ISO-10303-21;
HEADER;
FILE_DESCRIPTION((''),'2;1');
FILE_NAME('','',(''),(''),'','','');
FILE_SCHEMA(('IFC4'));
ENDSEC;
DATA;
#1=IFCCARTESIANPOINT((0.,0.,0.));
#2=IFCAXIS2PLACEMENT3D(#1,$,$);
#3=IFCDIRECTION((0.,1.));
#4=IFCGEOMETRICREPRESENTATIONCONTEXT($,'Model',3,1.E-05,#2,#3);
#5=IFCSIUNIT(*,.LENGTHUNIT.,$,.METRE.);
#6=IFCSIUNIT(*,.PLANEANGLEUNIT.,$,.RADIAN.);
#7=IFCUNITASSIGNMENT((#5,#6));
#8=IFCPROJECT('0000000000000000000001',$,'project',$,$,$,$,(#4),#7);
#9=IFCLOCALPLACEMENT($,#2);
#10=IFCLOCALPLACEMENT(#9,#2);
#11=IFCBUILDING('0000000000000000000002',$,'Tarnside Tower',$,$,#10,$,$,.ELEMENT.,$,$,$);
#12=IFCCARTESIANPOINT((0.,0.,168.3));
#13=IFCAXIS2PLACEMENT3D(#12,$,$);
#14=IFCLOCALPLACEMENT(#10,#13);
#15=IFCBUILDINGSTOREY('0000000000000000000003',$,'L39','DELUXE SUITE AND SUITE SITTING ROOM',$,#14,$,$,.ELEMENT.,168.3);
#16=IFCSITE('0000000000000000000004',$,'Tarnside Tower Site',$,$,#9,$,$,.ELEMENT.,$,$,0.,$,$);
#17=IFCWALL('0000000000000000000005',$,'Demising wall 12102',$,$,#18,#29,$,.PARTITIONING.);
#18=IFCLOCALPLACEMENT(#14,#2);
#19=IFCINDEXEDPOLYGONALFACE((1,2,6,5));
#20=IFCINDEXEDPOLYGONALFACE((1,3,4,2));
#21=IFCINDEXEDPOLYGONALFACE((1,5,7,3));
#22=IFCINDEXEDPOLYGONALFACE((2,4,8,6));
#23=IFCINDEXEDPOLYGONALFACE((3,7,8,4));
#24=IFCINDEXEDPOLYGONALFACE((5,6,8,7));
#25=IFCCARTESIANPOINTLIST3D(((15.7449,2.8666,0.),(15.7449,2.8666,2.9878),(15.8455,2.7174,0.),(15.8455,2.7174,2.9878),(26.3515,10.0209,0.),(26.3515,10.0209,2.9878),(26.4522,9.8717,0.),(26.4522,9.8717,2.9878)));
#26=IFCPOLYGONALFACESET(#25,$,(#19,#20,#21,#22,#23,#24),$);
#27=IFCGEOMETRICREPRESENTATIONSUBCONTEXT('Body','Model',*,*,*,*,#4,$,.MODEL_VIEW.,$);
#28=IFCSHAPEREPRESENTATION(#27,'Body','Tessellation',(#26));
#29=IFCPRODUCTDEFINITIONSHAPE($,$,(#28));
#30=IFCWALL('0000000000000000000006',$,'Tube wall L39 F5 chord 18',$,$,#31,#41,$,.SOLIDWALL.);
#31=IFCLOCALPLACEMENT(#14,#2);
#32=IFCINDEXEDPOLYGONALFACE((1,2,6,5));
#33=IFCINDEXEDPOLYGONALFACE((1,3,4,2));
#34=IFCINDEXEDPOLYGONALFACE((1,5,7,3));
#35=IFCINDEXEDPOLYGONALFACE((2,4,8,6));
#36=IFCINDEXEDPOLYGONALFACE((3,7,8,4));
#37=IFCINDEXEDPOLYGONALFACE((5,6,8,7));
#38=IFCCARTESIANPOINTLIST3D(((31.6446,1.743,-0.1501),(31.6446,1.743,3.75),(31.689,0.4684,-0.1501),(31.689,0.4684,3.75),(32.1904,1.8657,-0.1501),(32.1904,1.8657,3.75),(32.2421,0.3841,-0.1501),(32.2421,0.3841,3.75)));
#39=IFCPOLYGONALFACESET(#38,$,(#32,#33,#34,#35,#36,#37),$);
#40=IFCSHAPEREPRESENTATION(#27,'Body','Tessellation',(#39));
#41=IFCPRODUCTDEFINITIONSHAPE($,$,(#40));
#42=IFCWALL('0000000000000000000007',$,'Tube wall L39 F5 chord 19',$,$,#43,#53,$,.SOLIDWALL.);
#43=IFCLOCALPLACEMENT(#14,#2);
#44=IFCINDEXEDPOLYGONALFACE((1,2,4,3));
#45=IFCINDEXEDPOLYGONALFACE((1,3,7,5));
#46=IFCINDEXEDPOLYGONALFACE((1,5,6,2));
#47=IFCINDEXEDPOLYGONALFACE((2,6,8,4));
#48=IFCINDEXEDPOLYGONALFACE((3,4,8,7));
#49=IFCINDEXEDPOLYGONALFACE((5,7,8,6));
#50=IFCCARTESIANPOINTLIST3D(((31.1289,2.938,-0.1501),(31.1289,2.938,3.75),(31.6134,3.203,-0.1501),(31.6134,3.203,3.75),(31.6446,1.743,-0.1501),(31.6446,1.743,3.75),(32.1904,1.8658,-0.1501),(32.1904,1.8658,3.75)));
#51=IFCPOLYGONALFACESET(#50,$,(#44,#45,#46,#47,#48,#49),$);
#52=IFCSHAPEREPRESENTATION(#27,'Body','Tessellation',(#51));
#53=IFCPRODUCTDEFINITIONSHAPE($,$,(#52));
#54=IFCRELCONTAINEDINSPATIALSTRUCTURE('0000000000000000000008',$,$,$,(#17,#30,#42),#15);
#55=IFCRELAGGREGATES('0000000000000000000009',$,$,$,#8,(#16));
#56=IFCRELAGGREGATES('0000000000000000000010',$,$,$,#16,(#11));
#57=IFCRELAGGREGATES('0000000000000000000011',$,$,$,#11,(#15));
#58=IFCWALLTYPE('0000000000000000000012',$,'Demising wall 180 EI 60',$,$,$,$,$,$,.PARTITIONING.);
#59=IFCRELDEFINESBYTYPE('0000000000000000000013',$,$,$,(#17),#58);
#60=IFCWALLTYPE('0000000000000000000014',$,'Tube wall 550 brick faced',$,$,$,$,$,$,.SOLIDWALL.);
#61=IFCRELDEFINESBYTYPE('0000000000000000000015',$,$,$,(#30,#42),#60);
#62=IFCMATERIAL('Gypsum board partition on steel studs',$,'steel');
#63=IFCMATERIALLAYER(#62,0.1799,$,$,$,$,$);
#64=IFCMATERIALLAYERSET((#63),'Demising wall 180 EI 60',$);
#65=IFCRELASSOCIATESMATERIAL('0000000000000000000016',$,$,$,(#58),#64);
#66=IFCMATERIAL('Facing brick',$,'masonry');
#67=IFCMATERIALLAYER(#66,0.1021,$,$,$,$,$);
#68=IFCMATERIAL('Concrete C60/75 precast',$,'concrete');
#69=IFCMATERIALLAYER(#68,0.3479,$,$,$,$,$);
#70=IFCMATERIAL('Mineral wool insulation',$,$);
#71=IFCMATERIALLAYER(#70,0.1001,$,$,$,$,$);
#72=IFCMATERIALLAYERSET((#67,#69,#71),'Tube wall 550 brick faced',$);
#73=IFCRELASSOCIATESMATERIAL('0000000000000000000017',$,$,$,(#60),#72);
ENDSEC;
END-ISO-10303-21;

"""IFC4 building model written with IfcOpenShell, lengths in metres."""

from ifc_helpers import new_model, si_unit, direction, frame, frame_2d, origin, place, context, subcontext, project, spatial, polyline, rectangle, outline, extrude, material, layer, layer_set, type_object, element, save


model = new_model("IFC4")

# Units and contexts
model_context = context("Model", 3, precision=1e-05, world=origin(), true_north=direction((0.0, 1.0)))
body_context = subcontext(model_context, "Body", "Model", "MODEL_VIEW")
ifc_project = project(units=[si_unit("LENGTHUNIT", "METRE"), si_unit("PLANEANGLEUNIT", "RADIAN")], contexts=[model_context])

# Site, building, storey
site_placement = place(None, origin())
site = spatial("IfcSite", under=ifc_project, at=site_placement, Name="Tarnside Tower Site", CompositionType="ELEMENT", RefElevation=0.0)
building_placement = place(site_placement, origin())
building = spatial("IfcBuilding", under=site, at=building_placement, Name="Tarnside Tower", CompositionType="ELEMENT")
storey_placement = place(building_placement, frame((0.0, 0.0, 168.3)))
storey = spatial("IfcBuildingStorey", under=building, at=storey_placement, Name="L39", Description="DELUXE SUITE AND SUITE SITTING ROOM", CompositionType="ELEMENT", Elevation=168.3)

# Walls
ifc_material_1 = material(Name="Gypsum board partition on steel studs", Category="steel")
ifc_layer_1 = layer(ifc_material_1, 0.1799)
ifc_layer_set_1 = layer_set([ifc_layer_1], Name="Demising wall 180 EI 60")
wall_type_1 = type_object("IfcWallType", Name="Demising wall 180 EI 60", PredefinedType="PARTITIONING", material=ifc_layer_set_1)
wall_1_placement = place(storey_placement, frame((26.4019, 9.9463, 0.0), z_axis=(0.0, 0.0, 1.0), x_axis=(-0.829038, -0.559193, 0.0)))
element("IfcWall", 1, at=wall_1_placement, inside=storey, type_object=wall_type_1, Name="Demising wall 12102", PredefinedType="PARTITIONING", context=body_context, shape_type="SweptSolid", body=[
    extrude(rectangle(XDim=12.7939, YDim=0.1799, at=frame_2d((6.397, 0.0))), origin(), (0.0, 0.0, 1.0), 2.9878),
])
ifc_material_2 = material(Name="Facing brick", Category="masonry")
ifc_layer_2 = layer(ifc_material_2, 0.1021)
ifc_material_3 = material(Name="Concrete C60/75 precast", Category="concrete")
ifc_layer_3 = layer(ifc_material_3, 0.3479)
ifc_material_4 = material(Name="Mineral wool insulation")
ifc_layer_4 = layer(ifc_material_4, 0.1001)
ifc_layer_set_2 = layer_set([ifc_layer_2, ifc_layer_3, ifc_layer_4], Name="Tube wall 550 brick faced")
wall_type_2 = type_object("IfcWallType", Name="Tube wall 550 brick faced", PredefinedType="SOLIDWALL", material=ifc_layer_set_2)
wall_2_placement = place(storey_placement, frame((31.9656, 0.4263, -0.1501), z_axis=(0.0, 0.0, 1.0), x_axis=(-0.034877, 0.999392, 0.0)))
element("IfcWall", 2, at=wall_2_placement, inside=storey, type_object=wall_type_2, Name="Tube wall L39 F5 chord 18", PredefinedType="SOLIDWALL", context=body_context, shape_type="SweptSolid", body=[
    extrude(outline(polyline([(-0.0518, -0.2749), (1.4307, -0.2749), (1.3271, 0.2749), (0.0518, 0.2749), (-0.0518, -0.2749)])), origin(), (0.0, 0.0, 1.0), 3.9001),
])
wall_3_placement = place(storey_placement, frame((31.9175, 1.8044, -0.1501), z_axis=(0.0, 0.0, 1.0), x_axis=(-0.396226, 0.918153, 0.0)))
element("IfcWall", 3, at=wall_3_placement, inside=storey, type_object=wall_type_2, Name="Tube wall L39 F5 chord 19", PredefinedType="SOLIDWALL", context=body_context, shape_type="SweptSolid", body=[
    extrude(outline(polyline([(-0.0518, -0.2749), (1.4045, -0.2749), (1.3533, 0.2749), (0.0518, 0.2749), (-0.0518, -0.2749)])), origin(), (0.0, 0.0, 1.0), 3.9001),
])

save(model, "model.ifc")
